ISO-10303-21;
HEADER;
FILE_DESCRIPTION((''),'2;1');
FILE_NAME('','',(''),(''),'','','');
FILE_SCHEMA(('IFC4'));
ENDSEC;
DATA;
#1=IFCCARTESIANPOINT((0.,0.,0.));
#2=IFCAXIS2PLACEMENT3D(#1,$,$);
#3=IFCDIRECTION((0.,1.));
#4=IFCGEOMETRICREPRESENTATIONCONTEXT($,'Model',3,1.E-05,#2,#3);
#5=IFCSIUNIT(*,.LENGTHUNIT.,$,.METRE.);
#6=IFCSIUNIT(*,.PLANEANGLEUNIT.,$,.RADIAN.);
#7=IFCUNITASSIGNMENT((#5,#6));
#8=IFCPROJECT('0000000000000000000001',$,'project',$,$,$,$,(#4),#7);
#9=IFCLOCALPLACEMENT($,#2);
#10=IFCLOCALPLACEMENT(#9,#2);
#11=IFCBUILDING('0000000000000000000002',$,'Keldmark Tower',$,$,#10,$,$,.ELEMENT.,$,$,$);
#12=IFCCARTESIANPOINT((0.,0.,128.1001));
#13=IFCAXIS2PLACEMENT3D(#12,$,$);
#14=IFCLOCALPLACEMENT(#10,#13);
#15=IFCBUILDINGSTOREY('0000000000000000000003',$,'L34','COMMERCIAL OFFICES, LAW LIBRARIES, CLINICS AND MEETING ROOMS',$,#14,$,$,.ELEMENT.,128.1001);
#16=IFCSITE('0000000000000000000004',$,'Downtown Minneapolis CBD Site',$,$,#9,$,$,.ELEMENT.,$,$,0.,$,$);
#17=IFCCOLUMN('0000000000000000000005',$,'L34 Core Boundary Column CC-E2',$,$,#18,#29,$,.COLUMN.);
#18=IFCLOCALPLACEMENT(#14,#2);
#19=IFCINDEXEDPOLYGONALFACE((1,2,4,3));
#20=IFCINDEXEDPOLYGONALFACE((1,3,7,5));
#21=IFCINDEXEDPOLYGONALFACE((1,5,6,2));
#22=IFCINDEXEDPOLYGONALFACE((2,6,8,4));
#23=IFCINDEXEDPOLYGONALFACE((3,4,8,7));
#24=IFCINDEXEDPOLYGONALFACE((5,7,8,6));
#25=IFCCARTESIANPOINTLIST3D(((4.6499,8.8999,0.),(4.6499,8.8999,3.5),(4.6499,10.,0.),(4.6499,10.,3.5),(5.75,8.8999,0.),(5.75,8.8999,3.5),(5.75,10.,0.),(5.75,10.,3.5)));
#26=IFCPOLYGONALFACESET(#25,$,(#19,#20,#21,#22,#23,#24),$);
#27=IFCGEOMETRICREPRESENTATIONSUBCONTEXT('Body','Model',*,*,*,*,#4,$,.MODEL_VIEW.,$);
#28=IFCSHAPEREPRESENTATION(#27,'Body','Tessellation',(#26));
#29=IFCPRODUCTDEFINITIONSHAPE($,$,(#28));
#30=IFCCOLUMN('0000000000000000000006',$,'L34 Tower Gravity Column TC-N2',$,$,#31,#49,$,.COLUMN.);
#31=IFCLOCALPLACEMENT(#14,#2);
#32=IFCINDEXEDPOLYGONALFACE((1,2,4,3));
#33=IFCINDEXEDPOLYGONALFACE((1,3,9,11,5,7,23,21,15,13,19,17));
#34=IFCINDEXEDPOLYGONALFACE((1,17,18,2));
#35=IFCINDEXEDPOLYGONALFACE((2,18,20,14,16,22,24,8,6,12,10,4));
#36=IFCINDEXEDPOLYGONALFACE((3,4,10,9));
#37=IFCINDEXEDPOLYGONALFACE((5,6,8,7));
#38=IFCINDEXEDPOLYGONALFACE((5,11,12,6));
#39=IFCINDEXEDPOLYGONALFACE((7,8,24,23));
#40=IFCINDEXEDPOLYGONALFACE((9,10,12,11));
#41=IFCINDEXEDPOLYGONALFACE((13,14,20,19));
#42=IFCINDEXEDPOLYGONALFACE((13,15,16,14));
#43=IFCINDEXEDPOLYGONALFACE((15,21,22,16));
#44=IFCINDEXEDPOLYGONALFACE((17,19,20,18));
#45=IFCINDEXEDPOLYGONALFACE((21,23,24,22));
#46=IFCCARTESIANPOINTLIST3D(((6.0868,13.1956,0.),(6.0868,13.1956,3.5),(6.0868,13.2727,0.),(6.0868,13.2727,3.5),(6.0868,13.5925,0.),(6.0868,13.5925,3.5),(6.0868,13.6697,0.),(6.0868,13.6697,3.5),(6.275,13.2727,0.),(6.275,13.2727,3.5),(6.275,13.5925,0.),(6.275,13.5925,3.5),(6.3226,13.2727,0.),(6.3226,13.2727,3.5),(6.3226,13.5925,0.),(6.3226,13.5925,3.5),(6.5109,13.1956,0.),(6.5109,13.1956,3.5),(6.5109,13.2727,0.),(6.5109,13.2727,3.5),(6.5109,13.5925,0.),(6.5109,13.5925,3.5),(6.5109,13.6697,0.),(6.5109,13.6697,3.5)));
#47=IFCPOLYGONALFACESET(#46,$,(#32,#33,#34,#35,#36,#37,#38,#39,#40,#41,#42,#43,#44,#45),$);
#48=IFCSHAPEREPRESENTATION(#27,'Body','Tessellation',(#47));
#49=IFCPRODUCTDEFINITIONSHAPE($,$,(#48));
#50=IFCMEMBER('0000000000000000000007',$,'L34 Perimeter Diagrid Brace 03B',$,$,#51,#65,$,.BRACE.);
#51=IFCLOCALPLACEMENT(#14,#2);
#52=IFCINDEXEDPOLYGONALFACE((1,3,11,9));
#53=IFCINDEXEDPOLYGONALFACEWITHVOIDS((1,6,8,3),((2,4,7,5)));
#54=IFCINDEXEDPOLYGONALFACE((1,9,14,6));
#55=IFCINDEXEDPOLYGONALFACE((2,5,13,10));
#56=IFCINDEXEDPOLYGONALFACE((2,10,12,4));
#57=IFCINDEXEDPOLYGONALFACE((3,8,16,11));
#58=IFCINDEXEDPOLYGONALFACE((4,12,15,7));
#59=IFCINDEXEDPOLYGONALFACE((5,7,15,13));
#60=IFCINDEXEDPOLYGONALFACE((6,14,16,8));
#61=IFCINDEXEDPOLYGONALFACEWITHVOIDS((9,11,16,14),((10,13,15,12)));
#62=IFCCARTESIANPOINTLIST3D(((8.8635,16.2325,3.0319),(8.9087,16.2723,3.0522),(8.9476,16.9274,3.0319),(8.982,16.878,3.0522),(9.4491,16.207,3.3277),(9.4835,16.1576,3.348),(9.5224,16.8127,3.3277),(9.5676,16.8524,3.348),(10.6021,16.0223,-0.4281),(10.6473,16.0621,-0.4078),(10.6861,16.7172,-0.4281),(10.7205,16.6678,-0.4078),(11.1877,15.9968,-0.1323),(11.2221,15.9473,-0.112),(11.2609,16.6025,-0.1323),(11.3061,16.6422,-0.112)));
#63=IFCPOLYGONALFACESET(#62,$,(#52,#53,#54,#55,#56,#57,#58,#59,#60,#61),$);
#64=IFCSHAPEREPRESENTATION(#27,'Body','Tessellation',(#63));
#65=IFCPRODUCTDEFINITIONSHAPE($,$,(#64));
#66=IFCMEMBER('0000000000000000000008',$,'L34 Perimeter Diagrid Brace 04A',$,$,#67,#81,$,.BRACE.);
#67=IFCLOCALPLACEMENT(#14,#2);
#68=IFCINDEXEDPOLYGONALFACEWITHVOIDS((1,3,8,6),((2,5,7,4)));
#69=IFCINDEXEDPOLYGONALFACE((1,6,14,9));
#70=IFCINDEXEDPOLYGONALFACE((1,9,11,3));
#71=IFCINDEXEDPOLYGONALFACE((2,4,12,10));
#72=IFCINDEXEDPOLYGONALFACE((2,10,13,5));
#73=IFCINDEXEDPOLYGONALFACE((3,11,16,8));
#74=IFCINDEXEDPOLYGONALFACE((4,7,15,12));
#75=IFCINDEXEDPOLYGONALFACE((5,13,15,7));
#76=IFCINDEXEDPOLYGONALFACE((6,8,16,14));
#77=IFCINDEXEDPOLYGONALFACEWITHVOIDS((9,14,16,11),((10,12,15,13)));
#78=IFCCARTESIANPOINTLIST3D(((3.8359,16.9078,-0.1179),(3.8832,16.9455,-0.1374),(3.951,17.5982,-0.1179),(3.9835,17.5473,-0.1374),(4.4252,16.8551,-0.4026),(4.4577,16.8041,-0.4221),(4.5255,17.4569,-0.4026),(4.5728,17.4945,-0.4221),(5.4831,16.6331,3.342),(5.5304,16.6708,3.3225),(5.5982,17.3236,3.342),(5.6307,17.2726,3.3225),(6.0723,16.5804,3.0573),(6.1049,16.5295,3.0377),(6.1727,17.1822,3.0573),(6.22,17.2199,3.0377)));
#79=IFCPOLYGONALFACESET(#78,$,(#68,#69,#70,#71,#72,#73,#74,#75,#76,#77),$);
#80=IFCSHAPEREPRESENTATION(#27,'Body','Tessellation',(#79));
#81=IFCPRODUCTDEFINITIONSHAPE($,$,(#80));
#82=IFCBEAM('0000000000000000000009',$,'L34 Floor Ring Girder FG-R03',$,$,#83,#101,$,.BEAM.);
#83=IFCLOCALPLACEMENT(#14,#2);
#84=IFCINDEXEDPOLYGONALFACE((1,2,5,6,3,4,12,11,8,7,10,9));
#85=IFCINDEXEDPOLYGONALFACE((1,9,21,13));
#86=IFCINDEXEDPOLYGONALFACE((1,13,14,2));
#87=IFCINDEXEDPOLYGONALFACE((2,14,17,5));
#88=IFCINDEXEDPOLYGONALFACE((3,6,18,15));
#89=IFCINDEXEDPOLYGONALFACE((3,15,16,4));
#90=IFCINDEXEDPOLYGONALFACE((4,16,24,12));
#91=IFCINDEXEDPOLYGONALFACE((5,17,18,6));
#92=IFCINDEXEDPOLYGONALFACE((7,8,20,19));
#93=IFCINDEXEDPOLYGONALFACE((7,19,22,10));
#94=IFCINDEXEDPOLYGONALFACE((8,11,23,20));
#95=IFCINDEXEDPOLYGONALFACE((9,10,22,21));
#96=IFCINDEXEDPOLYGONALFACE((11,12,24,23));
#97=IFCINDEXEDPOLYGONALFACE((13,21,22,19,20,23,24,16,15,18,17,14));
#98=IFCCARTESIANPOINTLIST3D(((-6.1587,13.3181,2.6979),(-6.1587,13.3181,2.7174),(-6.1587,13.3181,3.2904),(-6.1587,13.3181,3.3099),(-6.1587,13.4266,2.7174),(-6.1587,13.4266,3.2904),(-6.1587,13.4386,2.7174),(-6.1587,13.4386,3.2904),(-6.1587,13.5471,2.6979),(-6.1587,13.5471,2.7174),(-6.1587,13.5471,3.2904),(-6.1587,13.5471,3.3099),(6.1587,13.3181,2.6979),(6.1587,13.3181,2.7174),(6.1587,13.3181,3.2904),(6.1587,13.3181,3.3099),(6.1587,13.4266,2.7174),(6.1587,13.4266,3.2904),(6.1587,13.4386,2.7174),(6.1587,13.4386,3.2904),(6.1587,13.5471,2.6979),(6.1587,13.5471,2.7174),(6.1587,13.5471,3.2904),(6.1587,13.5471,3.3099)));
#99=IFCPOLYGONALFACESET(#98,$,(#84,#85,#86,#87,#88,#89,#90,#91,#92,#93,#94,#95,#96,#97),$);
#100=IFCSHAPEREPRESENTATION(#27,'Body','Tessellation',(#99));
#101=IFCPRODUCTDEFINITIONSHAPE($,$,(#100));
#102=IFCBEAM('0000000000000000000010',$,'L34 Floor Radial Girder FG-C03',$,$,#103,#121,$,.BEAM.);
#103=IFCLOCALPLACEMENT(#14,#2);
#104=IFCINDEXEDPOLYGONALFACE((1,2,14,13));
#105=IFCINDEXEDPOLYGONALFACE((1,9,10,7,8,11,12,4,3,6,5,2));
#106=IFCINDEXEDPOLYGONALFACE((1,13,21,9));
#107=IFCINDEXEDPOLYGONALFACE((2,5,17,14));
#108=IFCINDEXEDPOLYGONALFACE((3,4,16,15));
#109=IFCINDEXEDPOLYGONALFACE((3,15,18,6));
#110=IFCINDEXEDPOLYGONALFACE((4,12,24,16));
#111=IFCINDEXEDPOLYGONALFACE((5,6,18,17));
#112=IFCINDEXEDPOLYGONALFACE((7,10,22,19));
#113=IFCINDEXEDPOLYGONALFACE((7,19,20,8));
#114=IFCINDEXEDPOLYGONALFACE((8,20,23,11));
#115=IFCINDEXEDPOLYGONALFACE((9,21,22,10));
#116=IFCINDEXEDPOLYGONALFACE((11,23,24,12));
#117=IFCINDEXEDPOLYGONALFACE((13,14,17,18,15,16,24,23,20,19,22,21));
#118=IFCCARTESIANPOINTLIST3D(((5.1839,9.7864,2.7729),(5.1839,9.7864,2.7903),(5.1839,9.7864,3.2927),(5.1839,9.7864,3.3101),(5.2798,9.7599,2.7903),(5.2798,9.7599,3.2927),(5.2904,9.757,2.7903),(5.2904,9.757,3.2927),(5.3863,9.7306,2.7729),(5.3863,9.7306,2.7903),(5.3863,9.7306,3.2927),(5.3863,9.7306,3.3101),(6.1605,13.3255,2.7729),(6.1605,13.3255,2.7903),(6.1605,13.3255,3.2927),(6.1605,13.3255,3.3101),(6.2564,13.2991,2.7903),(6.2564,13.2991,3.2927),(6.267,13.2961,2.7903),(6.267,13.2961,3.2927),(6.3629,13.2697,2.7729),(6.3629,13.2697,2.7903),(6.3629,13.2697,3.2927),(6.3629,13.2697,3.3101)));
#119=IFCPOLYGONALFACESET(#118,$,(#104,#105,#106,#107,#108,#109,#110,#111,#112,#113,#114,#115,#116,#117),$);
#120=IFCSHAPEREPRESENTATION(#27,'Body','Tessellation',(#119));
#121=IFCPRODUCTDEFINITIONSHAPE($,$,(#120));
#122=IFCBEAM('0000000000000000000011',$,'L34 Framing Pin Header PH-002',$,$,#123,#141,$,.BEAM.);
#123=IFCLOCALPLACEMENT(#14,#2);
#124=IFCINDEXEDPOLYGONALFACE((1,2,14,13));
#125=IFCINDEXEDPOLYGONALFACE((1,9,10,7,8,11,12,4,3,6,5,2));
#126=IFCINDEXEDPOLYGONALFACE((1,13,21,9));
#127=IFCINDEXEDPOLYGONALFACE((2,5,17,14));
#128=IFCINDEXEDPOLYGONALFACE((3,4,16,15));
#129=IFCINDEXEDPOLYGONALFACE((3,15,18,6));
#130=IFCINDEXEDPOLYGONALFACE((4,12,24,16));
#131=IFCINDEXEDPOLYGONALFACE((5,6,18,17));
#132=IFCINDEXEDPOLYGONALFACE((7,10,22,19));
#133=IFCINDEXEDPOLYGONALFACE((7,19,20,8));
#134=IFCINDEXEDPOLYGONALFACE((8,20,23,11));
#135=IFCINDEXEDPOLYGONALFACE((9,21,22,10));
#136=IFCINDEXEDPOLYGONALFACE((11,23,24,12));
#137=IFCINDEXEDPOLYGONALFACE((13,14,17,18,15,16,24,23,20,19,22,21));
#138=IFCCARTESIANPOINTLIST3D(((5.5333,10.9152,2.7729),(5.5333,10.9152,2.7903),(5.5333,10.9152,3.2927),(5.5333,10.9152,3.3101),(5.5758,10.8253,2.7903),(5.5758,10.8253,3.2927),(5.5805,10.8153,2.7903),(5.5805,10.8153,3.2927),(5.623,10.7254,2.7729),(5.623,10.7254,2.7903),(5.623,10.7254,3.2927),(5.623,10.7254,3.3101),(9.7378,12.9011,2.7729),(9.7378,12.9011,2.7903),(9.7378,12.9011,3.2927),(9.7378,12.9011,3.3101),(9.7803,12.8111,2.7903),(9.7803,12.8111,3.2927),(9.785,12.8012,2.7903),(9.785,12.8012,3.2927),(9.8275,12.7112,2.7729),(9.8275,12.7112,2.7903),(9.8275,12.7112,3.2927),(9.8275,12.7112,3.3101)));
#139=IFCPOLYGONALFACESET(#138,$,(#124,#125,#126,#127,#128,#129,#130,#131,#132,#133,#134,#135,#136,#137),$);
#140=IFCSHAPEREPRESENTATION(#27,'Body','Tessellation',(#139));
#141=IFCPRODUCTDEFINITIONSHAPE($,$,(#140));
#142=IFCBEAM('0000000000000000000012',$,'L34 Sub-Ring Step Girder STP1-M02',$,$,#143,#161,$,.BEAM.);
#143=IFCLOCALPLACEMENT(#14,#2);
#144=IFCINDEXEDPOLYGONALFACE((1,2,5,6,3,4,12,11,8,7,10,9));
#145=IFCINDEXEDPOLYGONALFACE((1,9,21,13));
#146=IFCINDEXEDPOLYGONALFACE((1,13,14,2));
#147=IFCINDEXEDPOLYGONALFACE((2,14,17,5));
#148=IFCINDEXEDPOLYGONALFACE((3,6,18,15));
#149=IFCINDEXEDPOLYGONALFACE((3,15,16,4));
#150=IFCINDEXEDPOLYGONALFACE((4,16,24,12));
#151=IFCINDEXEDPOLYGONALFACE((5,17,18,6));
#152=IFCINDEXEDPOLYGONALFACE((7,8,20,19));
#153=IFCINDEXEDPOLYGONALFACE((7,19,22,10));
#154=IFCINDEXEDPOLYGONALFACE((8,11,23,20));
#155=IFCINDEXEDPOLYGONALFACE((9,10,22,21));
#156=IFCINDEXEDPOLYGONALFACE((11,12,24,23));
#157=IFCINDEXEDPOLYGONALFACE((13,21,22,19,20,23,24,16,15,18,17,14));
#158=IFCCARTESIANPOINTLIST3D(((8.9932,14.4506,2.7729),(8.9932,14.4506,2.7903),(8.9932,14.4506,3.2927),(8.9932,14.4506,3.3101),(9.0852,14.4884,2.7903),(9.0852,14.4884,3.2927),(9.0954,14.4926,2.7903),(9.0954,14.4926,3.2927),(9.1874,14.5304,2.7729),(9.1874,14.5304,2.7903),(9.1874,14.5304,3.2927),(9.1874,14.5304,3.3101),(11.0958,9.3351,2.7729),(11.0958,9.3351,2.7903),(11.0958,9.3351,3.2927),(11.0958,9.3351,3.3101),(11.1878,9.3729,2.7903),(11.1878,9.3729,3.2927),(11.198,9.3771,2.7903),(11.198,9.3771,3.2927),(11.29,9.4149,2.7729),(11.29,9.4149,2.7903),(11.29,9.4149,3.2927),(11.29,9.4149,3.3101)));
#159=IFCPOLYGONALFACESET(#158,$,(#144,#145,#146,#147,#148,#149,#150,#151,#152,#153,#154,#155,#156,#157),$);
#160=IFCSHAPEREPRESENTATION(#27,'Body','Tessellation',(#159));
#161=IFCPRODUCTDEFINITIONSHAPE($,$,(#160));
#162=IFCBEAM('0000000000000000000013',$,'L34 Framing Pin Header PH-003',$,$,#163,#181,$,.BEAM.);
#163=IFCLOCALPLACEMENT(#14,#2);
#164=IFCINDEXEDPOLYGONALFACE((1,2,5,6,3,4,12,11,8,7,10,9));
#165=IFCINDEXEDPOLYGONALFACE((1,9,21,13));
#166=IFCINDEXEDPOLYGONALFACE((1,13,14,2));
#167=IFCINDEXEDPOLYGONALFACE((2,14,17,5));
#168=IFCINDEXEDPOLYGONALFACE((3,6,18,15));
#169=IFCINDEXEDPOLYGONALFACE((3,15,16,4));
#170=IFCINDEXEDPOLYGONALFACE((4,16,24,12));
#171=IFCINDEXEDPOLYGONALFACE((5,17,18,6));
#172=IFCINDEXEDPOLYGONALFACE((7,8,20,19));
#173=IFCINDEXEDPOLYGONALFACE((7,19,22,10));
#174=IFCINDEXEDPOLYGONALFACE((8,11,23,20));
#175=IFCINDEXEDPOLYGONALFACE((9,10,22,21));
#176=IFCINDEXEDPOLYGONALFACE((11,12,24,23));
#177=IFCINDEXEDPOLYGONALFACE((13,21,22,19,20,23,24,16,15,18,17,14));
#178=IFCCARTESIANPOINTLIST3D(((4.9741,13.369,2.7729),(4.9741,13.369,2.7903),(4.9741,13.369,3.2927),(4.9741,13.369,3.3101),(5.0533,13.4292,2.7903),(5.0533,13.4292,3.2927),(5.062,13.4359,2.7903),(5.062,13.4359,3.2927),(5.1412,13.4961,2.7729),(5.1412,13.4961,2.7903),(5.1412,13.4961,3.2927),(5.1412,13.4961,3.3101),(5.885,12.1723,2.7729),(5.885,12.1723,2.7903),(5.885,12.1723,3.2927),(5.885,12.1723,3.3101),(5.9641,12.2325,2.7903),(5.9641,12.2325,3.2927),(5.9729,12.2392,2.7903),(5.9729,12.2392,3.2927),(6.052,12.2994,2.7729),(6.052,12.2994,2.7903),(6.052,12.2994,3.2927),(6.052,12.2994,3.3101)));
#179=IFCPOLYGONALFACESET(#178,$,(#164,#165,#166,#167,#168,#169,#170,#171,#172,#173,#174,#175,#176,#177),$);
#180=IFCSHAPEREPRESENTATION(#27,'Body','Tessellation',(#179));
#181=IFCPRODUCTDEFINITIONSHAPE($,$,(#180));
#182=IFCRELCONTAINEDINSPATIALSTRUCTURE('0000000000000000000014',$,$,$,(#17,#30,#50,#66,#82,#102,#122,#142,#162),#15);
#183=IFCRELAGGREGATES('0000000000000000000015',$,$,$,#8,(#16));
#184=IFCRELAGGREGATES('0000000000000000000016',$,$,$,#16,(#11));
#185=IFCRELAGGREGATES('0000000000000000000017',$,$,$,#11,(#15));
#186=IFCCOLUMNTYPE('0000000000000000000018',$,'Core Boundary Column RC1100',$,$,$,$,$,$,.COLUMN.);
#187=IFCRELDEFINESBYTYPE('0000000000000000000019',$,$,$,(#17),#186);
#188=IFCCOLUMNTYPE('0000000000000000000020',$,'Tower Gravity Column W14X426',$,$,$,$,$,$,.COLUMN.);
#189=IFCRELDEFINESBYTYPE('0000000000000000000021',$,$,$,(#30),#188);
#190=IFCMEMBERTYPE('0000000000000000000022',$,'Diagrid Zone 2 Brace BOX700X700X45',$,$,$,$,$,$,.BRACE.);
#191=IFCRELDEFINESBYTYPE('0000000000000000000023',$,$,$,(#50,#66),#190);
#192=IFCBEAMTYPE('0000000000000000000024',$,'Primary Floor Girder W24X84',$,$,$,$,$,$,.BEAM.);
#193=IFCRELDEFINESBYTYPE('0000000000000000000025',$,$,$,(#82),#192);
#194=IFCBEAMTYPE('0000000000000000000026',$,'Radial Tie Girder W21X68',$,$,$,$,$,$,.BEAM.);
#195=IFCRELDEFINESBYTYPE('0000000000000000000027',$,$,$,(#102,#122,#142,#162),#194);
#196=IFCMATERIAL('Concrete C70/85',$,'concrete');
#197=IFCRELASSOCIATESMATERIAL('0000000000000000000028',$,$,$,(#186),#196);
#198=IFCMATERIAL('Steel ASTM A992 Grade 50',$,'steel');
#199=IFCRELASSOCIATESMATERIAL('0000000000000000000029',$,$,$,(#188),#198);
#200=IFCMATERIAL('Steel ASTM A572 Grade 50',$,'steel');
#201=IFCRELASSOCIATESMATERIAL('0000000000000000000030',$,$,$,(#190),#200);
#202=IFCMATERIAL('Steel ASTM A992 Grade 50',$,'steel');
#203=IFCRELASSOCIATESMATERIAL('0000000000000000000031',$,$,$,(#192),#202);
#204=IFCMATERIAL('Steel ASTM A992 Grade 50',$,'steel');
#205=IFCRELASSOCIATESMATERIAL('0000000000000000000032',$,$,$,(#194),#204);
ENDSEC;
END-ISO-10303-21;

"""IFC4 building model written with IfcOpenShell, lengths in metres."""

from ifc_helpers import new_model, si_unit, direction, frame, origin, origin_2d, place, context, subcontext, project, spatial, rectangle, hollow_rectangle, i_section, extrude, material, material_profile, profile_set, type_object, element, save


model = new_model("IFC4")

# Units and contexts
model_context = context("Model", 3, precision=1e-05, world=origin(), true_north=direction((0.0, 1.0)))
body_context = subcontext(model_context, "Body", "Model", "MODEL_VIEW")
ifc_project = project(units=[si_unit("LENGTHUNIT", "METRE"), si_unit("PLANEANGLEUNIT", "RADIAN")], contexts=[model_context])

# Site, building, storey
site_placement = place(None, origin())
site = spatial("IfcSite", under=ifc_project, at=site_placement, Name="Downtown Minneapolis CBD Site", CompositionType="ELEMENT", RefElevation=0.0)
building_placement = place(site_placement, origin())
building = spatial("IfcBuilding", under=site, at=building_placement, Name="Keldmark Tower", CompositionType="ELEMENT")
storey_placement = place(building_placement, frame((0.0, 0.0, 128.1001)))
storey = spatial("IfcBuildingStorey", under=building, at=storey_placement, Name="L34", Description="COMMERCIAL OFFICES, LAW LIBRARIES, CLINICS AND MEETING ROOMS", CompositionType="ELEMENT", Elevation=128.1001)

# Columns
ifc_material_1 = material(Name="Concrete C70/85", Category="concrete")
ifc_material_profile_1 = material_profile(ifc_material_1, rectangle(XDim=1.1001, YDim=1.1001, at=origin_2d()), Name="RC1100X1100")
ifc_profile_set_1 = profile_set([ifc_material_profile_1], Name="Concrete C70/85")
column_type_1 = type_object("IfcColumnType", Name="Core Boundary Column RC1100", PredefinedType="COLUMN", material=ifc_profile_set_1)
column_1_placement = place(storey_placement, frame((5.2, 9.45, 0.0), z_axis=(0.0, 0.0, 1.0), x_axis=(1.0, 0.0, 0.0)))
element("IfcColumn", 1, at=column_1_placement, inside=storey, type_object=column_type_1, Name="L34 Core Boundary Column CC-E2", PredefinedType="COLUMN", context=body_context, shape_type="SweptSolid", body=[
    extrude(rectangle(XDim=1.1001, YDim=1.1001, at=origin_2d()), origin(), (0.0, 0.0, 1.0), 3.5),
])
ifc_material_2 = material(Name="Steel ASTM A992 Grade 50", Category="steel")
ifc_material_profile_2 = material_profile(ifc_material_2, i_section(OverallWidth=0.4241, OverallDepth=0.4741, WebThickness=0.0476, FlangeThickness=0.0771, at=origin_2d()), Name="W14X426")
ifc_profile_set_2 = profile_set([ifc_material_profile_2], Name="Steel ASTM A992 Grade 50")
column_type_2 = type_object("IfcColumnType", Name="Tower Gravity Column W14X426", PredefinedType="COLUMN", material=ifc_profile_set_2)
column_2_placement = place(storey_placement, frame((6.2988, 13.4326, 0.0), z_axis=(0.0, 0.0, 1.0), x_axis=(1.0, 0.0, 0.0)))
element("IfcColumn", 2, at=column_2_placement, inside=storey, type_object=column_type_2, Name="L34 Tower Gravity Column TC-N2", PredefinedType="COLUMN", context=body_context, shape_type="SweptSolid", body=[
    extrude(i_section(OverallWidth=0.4241, OverallDepth=0.4741, WebThickness=0.0476, FlangeThickness=0.0771, at=origin_2d()), origin(), (0.0, 0.0, 1.0), 3.5),
])

# Members
ifc_material_3 = material(Name="Steel ASTM A572 Grade 50", Category="steel")
ifc_material_profile_3 = material_profile(ifc_material_3, hollow_rectangle(XDim=0.7, YDim=0.7, WallThickness=0.0449, at=origin_2d()), Name="BOX700X700X45")
ifc_profile_set_3 = profile_set([ifc_material_profile_3], Name="Steel ASTM A572 Grade 50")
member_type = type_object("IfcMemberType", Name="Diagrid Zone 2 Brace BOX700X700X45", PredefinedType="BRACE", material=ifc_profile_set_3)
member_1_placement = place(storey_placement, frame((10.9541, 16.3323, -0.27), z_axis=(-0.448318, 0.054206, 0.892229), x_axis=(-0.120036, -0.99277, 0.0)))
element("IfcMember", 3, at=member_1_placement, inside=storey, type_object=member_type, Name="L34 Perimeter Diagrid Brace 03B", PredefinedType="BRACE", context=body_context, shape_type="SweptSolid", body=[
    extrude(hollow_rectangle(XDim=0.7, YDim=0.7, WallThickness=0.0449, at=origin_2d()), origin(), (0.0, 0.0, 1.0), 3.8779),
])
member_2_placement = place(storey_placement, frame((4.2043, 17.2012, -0.27), z_axis=(0.428752, -0.07149, 0.900589), x_axis=(0.16447, 0.986382, 0.0)))
element("IfcMember", 4, at=member_2_placement, inside=storey, type_object=member_type, Name="L34 Perimeter Diagrid Brace 04A", PredefinedType="BRACE", context=body_context, shape_type="SweptSolid", body=[
    extrude(hollow_rectangle(XDim=0.7, YDim=0.7, WallThickness=0.0449, at=origin_2d()), origin(), (0.0, 0.0, 1.0), 3.8418),
])

# Beams
ifc_material_4 = material(Name="Steel ASTM A992 Grade 50", Category="steel")
ifc_material_profile_4 = material_profile(ifc_material_4, i_section(OverallWidth=0.229, OverallDepth=0.6121, WebThickness=0.012, FlangeThickness=0.0195, at=origin_2d()), Name="W24X84")
ifc_profile_set_4 = profile_set([ifc_material_profile_4], Name="Steel ASTM A992 Grade 50")
beam_type_1 = type_object("IfcBeamType", Name="Primary Floor Girder W24X84", PredefinedType="BEAM", material=ifc_profile_set_4)
beam_1_placement = place(storey_placement, frame((6.1587, 13.4326, 3.0039), z_axis=(-1.0, 0.0, 0.0), x_axis=(0.0, -1.0, 0.0)))
element("IfcBeam", 5, at=beam_1_placement, inside=storey, type_object=beam_type_1, Name="L34 Floor Ring Girder FG-R03", PredefinedType="BEAM", context=body_context, shape_type="SweptSolid", body=[
    extrude(i_section(OverallWidth=0.229, OverallDepth=0.6121, WebThickness=0.012, FlangeThickness=0.0195, at=origin_2d()), origin(), (0.0, 0.0, 1.0), 12.3174),
])
ifc_material_5 = material(Name="Steel ASTM A992 Grade 50", Category="steel")
ifc_material_profile_5 = material_profile(ifc_material_5, i_section(OverallWidth=0.21, OverallDepth=0.5371, WebThickness=0.011, FlangeThickness=0.0173, at=origin_2d()), Name="W21X68")
ifc_profile_set_5 = profile_set([ifc_material_profile_5], Name="Steel ASTM A992 Grade 50")
beam_type_2 = type_object("IfcBeamType", Name="Radial Tie Girder W21X68", PredefinedType="BEAM", material=ifc_profile_set_5)
beam_2_placement = place(storey_placement, frame((6.2617, 13.2976, 3.0415), z_axis=(-0.265997, -0.963974, 0.0), x_axis=(0.963974, -0.265997, 0.0)))
element("IfcBeam", 6, at=beam_2_placement, inside=storey, type_object=beam_type_2, Name="L34 Floor Radial Girder FG-C03", PredefinedType="BEAM", context=body_context, shape_type="SweptSolid", body=[
    extrude(i_section(OverallWidth=0.21, OverallDepth=0.5371, WebThickness=0.011, FlangeThickness=0.0173, at=origin_2d()), origin(), (0.0, 0.0, 1.0), 3.6714),
])
beam_3_placement = place(storey_placement, frame((5.5781, 10.8203, 3.0415), z_axis=(0.90422, 0.427066, 0.0), x_axis=(-0.427066, 0.90422, 0.0)))
element("IfcBeam", 7, at=beam_3_placement, inside=storey, type_object=beam_type_2, Name="L34 Framing Pin Header PH-002", PredefinedType="BEAM", context=body_context, shape_type="SweptSolid", body=[
    extrude(i_section(OverallWidth=0.21, OverallDepth=0.5371, WebThickness=0.011, FlangeThickness=0.0173, at=origin_2d()), origin(), (0.0, 0.0, 1.0), 4.6499),
])
beam_4_placement = place(storey_placement, frame((11.1929, 9.375, 3.0415), z_axis=(-0.380157, 0.924922, 0.0), x_axis=(-0.924922, -0.380157, 0.0)))
element("IfcBeam", 8, at=beam_4_placement, inside=storey, type_object=beam_type_2, Name="L34 Sub-Ring Step Girder STP1-M02", PredefinedType="BEAM", context=body_context, shape_type="SweptSolid", body=[
    extrude(i_section(OverallWidth=0.21, OverallDepth=0.5371, WebThickness=0.011, FlangeThickness=0.0173, at=origin_2d()), origin(), (0.0, 0.0, 1.0), 5.5308),
])
beam_5_placement = place(storey_placement, frame((5.9685, 12.2358, 3.0415), z_axis=(-0.605647, 0.795733, 0.0), x_axis=(-0.795733, -0.605647, 0.0)))
element("IfcBeam", 9, at=beam_5_placement, inside=storey, type_object=beam_type_2, Name="L34 Framing Pin Header PH-003", PredefinedType="BEAM", context=body_context, shape_type="SweptSolid", body=[
    extrude(i_section(OverallWidth=0.21, OverallDepth=0.5371, WebThickness=0.011, FlangeThickness=0.0173, at=origin_2d()), origin(), (0.0, 0.0, 1.0), 1.5039),
])

save(model, "model.ifc")
